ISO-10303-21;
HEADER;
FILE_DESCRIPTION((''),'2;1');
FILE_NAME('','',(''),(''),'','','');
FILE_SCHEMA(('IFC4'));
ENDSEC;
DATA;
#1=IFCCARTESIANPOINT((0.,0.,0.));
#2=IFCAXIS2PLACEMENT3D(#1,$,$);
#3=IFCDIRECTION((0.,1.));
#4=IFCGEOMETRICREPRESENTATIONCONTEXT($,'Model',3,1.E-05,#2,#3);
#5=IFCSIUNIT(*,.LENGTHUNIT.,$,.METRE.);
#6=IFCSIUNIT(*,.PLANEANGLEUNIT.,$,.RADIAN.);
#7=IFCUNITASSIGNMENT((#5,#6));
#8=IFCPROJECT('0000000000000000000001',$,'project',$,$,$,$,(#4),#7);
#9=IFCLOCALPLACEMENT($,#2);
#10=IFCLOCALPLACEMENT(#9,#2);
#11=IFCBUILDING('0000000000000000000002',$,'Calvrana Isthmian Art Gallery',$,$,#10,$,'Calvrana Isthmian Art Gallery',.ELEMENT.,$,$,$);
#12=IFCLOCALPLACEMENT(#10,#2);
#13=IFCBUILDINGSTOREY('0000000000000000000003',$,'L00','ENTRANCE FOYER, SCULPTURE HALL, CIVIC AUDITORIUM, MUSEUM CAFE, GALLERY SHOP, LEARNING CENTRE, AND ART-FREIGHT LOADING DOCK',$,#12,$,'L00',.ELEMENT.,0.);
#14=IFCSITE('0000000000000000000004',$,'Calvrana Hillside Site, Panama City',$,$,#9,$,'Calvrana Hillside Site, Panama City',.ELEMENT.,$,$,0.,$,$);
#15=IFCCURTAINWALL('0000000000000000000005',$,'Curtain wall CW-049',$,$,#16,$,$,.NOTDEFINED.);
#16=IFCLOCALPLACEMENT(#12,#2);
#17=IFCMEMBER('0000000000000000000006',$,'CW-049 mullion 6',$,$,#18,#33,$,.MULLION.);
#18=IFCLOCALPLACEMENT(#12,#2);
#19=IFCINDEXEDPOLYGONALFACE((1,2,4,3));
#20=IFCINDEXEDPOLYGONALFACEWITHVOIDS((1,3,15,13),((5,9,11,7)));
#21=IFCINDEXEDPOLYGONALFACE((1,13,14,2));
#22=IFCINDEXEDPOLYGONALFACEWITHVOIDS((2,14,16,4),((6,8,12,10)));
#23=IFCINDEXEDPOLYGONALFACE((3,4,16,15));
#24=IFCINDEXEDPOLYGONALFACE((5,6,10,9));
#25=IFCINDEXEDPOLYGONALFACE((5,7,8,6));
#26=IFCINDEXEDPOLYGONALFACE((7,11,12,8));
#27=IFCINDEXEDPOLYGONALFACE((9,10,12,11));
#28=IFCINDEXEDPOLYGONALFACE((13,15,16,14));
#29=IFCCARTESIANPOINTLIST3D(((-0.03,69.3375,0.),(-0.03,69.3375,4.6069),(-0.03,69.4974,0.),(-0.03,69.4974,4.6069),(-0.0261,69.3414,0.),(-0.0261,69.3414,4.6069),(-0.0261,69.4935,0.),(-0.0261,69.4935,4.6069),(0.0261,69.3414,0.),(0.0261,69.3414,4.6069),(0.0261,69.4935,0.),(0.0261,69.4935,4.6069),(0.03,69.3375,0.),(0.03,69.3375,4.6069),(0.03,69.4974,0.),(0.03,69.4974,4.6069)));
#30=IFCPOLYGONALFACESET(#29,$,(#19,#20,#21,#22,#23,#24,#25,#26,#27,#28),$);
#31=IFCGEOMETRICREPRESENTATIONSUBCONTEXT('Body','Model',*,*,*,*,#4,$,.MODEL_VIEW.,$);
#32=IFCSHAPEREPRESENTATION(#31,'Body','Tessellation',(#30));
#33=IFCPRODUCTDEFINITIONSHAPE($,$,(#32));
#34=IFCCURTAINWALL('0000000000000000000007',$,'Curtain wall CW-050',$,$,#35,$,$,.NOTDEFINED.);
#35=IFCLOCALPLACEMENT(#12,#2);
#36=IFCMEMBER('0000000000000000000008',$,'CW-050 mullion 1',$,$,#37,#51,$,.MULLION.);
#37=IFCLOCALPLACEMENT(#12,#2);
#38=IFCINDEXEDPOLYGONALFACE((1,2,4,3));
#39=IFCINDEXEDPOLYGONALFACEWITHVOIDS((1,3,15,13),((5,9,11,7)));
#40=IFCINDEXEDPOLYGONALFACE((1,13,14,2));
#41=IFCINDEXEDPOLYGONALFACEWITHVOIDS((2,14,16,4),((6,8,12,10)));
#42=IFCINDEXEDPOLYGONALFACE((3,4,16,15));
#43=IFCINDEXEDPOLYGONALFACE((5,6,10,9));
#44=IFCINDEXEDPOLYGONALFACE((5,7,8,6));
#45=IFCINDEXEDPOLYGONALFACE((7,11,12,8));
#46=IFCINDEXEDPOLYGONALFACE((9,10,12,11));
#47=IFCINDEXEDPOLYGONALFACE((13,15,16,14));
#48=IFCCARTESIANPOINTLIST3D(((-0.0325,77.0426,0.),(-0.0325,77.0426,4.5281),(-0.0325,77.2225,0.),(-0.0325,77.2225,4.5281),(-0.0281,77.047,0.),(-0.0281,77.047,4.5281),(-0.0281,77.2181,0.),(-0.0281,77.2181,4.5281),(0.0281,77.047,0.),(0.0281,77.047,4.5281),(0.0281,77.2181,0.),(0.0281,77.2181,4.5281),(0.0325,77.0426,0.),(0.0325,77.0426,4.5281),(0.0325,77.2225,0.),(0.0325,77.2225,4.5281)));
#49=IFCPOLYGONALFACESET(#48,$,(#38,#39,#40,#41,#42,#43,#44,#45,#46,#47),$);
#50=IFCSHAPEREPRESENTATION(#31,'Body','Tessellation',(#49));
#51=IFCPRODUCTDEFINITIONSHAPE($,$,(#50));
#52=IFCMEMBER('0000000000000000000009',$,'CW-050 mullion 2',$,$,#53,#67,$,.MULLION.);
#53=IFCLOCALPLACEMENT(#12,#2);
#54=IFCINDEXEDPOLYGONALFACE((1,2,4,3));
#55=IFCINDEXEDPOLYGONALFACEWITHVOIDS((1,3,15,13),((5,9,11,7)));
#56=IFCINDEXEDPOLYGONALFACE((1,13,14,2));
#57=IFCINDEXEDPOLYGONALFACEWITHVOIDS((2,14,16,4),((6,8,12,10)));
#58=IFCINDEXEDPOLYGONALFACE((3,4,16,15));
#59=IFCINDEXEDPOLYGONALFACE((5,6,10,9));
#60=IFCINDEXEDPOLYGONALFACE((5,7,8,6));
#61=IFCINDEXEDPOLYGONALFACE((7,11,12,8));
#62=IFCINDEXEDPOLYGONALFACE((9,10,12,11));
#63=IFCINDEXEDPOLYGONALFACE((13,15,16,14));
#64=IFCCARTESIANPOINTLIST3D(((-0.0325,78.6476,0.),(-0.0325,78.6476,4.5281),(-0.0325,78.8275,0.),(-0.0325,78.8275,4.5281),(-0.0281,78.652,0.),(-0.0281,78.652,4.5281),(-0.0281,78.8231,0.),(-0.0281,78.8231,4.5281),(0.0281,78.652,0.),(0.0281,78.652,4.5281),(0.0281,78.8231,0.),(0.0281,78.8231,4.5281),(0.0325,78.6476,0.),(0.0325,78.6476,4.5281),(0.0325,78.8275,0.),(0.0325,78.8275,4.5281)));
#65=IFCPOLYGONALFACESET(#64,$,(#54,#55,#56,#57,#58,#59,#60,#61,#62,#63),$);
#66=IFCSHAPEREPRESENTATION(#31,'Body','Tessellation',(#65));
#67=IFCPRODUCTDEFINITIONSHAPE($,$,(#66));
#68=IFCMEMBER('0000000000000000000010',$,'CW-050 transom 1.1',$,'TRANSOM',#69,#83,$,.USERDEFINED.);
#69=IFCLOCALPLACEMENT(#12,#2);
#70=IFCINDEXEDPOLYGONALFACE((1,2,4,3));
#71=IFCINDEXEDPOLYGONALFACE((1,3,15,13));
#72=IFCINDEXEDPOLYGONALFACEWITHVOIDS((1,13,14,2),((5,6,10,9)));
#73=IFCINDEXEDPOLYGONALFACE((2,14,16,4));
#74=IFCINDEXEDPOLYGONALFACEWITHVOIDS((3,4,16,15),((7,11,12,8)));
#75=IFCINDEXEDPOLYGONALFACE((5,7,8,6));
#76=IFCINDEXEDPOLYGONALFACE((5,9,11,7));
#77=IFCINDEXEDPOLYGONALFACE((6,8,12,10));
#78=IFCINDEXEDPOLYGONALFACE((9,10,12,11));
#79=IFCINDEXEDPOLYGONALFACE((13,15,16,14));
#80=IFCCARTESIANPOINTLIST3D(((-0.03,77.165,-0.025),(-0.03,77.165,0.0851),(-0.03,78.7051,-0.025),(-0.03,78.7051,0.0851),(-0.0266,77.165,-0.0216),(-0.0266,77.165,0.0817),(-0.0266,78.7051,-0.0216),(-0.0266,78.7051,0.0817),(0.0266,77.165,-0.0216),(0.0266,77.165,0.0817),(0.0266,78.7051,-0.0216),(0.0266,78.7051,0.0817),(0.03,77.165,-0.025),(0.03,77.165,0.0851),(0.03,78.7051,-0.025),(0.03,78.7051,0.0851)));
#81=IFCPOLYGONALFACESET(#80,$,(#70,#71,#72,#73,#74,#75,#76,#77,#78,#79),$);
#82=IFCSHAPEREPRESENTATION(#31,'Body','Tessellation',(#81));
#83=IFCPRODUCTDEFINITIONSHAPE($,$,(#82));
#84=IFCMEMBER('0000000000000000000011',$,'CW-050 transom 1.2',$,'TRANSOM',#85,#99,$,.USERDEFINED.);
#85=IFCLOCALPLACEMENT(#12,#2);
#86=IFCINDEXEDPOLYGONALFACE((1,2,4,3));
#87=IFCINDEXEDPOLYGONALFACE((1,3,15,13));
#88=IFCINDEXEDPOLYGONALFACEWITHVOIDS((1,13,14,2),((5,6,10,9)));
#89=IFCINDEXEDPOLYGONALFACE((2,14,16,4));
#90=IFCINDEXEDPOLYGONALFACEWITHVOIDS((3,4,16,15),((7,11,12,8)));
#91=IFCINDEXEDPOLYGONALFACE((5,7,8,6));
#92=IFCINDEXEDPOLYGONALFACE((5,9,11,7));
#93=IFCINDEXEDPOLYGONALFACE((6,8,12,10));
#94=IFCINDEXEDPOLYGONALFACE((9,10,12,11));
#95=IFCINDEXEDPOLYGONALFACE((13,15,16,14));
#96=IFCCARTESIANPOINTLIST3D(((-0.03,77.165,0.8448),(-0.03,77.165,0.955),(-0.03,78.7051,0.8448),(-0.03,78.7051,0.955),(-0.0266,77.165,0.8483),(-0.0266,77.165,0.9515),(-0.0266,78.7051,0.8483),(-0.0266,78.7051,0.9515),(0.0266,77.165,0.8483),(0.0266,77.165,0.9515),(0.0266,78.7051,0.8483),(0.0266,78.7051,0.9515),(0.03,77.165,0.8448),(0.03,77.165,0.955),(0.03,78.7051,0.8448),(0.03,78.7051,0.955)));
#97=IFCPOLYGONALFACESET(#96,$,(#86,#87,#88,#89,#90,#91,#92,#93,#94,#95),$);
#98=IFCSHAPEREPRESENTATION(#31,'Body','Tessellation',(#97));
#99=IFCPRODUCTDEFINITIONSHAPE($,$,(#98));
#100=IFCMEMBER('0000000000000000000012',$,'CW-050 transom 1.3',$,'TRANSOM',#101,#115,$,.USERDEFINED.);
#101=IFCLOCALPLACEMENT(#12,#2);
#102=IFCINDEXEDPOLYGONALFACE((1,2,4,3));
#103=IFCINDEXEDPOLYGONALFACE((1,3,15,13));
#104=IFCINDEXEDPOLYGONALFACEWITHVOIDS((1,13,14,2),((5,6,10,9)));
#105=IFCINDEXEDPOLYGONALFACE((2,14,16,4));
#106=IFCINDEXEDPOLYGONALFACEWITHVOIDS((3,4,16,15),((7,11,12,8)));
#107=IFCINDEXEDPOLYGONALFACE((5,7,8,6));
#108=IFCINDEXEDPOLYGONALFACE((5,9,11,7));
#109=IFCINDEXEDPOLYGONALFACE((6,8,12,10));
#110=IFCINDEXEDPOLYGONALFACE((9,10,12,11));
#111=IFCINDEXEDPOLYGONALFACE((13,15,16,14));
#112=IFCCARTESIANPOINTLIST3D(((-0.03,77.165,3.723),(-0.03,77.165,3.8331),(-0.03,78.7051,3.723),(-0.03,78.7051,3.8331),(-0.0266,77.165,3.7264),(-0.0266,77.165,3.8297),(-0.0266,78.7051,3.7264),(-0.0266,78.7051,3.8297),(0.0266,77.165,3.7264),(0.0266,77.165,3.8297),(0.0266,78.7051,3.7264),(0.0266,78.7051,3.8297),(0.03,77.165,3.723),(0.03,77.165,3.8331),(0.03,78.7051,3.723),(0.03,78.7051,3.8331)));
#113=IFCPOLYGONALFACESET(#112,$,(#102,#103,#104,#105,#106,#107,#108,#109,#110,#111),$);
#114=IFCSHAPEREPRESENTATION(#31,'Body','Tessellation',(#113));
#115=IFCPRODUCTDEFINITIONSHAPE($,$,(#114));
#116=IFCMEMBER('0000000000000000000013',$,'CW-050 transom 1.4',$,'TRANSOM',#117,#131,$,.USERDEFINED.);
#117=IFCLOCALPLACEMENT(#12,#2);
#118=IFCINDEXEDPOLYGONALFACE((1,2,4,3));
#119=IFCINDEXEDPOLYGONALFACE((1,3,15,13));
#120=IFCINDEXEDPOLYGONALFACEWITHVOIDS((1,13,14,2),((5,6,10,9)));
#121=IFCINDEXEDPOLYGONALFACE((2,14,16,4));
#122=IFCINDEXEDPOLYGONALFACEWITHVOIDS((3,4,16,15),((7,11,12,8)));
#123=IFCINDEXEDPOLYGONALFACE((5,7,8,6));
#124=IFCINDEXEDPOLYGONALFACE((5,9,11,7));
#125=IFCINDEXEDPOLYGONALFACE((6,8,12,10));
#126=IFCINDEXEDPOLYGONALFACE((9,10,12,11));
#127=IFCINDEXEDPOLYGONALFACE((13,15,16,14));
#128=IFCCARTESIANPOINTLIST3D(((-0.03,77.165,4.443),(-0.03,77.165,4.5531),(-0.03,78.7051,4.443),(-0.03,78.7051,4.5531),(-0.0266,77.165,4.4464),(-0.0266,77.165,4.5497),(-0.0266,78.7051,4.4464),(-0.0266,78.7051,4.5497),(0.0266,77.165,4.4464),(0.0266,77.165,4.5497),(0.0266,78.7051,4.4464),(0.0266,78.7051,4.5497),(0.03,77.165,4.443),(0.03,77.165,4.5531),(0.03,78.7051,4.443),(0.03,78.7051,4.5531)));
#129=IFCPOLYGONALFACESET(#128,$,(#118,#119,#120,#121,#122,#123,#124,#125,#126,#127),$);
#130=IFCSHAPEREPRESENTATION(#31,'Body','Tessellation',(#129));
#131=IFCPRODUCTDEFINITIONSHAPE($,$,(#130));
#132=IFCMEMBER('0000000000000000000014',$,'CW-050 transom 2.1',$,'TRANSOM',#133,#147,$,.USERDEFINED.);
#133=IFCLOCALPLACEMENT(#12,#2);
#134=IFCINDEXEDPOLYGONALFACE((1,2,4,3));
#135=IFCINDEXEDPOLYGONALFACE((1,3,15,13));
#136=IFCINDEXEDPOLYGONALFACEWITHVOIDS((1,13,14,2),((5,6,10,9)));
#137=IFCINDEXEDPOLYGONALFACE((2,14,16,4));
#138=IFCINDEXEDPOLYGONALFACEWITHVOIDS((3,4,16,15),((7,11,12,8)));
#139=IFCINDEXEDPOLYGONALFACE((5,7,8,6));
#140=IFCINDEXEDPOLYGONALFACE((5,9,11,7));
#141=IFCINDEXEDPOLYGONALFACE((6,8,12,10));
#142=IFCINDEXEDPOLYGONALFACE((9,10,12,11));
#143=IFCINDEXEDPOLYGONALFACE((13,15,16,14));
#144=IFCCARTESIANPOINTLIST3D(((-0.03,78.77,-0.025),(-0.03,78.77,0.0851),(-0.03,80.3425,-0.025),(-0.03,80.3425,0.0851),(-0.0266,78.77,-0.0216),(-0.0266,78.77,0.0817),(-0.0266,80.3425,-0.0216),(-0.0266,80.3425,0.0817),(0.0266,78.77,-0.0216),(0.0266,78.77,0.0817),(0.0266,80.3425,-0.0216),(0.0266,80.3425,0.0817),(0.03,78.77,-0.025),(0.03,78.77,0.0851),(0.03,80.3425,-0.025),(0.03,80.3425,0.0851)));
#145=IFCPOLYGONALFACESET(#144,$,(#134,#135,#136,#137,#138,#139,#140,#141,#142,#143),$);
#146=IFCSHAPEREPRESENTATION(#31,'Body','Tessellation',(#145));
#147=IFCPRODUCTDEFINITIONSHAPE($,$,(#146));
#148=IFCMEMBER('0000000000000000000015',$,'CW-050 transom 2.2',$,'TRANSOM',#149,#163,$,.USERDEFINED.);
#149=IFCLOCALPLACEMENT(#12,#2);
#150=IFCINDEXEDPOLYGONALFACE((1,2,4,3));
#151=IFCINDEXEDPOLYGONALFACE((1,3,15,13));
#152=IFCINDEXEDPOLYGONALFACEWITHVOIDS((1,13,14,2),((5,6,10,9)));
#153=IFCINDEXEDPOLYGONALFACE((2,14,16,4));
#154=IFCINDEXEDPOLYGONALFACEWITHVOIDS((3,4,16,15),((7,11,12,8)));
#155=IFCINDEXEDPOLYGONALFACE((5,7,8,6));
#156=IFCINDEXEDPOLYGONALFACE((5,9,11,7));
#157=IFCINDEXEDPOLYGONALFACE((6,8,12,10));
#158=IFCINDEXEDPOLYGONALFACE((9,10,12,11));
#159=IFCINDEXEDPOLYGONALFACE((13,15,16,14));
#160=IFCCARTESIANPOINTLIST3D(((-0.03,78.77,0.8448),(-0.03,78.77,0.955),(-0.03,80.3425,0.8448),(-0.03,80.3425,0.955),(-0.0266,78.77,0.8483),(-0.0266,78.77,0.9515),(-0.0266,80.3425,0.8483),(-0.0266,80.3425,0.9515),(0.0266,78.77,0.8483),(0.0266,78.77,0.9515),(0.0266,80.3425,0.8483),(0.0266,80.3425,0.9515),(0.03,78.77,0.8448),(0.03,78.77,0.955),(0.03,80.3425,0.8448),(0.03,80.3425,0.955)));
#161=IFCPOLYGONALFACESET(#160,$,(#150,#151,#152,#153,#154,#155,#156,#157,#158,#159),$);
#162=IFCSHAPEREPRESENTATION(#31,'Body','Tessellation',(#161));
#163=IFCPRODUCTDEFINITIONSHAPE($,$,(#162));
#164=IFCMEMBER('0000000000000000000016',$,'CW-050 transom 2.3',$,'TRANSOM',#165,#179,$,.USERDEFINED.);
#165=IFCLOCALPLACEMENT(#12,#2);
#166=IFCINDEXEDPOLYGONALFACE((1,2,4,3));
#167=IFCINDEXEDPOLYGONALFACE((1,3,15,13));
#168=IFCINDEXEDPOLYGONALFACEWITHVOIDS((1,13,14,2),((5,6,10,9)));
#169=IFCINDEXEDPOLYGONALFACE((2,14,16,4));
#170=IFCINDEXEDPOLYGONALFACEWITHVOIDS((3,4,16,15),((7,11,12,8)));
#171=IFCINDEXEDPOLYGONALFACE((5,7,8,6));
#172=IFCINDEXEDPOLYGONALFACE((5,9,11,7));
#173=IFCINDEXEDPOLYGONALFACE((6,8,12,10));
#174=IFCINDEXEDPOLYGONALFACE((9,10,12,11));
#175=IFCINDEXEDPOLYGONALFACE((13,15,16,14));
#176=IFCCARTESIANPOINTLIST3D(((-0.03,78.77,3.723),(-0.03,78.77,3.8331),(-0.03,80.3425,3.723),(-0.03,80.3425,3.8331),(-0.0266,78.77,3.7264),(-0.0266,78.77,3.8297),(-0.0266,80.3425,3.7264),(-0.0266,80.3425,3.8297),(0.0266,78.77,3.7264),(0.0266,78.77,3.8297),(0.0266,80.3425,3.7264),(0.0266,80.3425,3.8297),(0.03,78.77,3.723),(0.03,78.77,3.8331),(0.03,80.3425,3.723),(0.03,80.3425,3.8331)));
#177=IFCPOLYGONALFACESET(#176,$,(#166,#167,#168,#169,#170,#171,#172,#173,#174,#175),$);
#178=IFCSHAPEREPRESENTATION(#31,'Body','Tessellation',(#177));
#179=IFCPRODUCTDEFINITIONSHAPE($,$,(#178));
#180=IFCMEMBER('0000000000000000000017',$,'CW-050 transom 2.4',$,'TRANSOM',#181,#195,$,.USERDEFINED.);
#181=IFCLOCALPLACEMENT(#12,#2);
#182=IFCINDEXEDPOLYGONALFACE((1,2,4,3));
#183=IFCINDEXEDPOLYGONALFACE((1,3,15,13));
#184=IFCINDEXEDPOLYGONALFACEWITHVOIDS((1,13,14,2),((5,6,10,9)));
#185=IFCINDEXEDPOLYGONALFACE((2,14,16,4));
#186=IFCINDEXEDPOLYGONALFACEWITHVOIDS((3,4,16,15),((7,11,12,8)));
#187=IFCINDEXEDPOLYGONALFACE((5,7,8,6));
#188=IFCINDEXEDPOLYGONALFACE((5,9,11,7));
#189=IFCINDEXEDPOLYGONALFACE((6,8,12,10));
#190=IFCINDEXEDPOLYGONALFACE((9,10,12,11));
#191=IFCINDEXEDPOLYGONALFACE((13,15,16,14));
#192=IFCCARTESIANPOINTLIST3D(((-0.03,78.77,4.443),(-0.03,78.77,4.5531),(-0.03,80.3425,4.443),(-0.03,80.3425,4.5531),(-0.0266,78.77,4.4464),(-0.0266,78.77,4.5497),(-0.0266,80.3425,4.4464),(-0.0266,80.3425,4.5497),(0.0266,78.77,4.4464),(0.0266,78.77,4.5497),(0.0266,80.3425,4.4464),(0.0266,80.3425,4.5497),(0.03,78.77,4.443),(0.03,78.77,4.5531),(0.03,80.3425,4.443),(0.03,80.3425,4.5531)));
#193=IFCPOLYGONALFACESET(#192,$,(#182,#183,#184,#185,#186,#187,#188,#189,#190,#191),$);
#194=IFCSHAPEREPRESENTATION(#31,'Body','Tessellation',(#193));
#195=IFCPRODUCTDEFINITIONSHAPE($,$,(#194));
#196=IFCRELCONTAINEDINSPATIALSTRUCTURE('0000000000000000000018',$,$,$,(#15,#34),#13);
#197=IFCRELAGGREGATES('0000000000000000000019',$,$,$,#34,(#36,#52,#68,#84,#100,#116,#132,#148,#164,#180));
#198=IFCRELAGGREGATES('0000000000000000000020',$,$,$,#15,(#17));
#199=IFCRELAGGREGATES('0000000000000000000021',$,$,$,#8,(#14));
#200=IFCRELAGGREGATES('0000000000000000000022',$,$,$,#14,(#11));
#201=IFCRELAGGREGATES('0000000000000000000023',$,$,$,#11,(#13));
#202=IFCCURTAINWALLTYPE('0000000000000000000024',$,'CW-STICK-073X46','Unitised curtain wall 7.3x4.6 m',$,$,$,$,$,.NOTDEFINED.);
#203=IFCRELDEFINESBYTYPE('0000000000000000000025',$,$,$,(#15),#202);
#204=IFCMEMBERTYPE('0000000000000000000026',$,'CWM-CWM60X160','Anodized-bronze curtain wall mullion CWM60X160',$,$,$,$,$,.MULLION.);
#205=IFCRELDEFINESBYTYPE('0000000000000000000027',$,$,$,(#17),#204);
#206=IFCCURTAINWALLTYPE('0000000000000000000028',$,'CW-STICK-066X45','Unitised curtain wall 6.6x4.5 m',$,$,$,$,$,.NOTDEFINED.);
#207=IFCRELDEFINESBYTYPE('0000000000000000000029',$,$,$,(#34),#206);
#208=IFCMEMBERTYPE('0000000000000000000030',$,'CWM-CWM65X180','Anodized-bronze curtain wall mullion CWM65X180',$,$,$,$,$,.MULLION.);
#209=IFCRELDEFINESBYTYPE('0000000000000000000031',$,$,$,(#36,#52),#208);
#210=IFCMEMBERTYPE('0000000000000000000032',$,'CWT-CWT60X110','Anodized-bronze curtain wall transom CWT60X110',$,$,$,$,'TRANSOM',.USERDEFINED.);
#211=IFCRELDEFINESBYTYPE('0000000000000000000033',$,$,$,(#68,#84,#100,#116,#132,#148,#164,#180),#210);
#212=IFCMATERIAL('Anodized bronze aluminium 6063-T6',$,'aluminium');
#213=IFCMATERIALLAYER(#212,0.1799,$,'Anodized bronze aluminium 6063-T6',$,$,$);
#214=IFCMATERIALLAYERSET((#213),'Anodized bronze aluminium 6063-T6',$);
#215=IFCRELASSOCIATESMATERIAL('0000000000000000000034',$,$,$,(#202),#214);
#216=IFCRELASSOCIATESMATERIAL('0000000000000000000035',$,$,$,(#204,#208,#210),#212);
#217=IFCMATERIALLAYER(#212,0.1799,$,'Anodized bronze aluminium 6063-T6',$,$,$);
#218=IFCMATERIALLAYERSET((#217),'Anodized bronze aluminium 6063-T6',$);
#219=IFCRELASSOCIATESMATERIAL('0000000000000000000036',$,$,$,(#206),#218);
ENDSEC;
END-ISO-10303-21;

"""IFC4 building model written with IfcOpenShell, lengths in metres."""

from ifc_helpers import new_model, si_unit, direction, frame, origin, origin_2d, place, context, subcontext, project, spatial, hollow_rectangle, extrude, material, layer, layer_set, material_profile, profile_set, type_object, element, aggregate, save


model = new_model("IFC4")

# Units and contexts
model_context = context("Model", 3, precision=1e-05, world=origin(), true_north=direction((0.0, 1.0)))
body_context = subcontext(model_context, "Body", "Model", "MODEL_VIEW")
ifc_project = project(units=[si_unit("LENGTHUNIT", "METRE"), si_unit("PLANEANGLEUNIT", "RADIAN")], contexts=[model_context])

# Site, building, storey
site_placement = place(None, origin())
site = spatial("IfcSite", under=ifc_project, at=site_placement, Name="Calvrana Hillside Site, Panama City", LongName="Calvrana Hillside Site, Panama City", CompositionType="ELEMENT", RefElevation=0.0)
building_placement = place(site_placement, origin())
building = spatial("IfcBuilding", under=site, at=building_placement, Name="Calvrana Isthmian Art Gallery", LongName="Calvrana Isthmian Art Gallery", CompositionType="ELEMENT")
storey_placement = place(building_placement, origin())
storey = spatial("IfcBuildingStorey", under=building, at=storey_placement, Name="L00", Description="ENTRANCE FOYER, SCULPTURE HALL, CIVIC AUDITORIUM, MUSEUM CAFE, GALLERY SHOP, LEARNING CENTRE, AND ART-FREIGHT LOADING DOCK", LongName="L00", CompositionType="ELEMENT", Elevation=0.0)

# Curtain walls, members
ifc_material_1 = material(Name="Anodized bronze aluminium 6063-T6", Category="aluminium")
ifc_layer_1 = layer(ifc_material_1, 0.1799, Name="Anodized bronze aluminium 6063-T6")
ifc_layer_set_1 = layer_set([ifc_layer_1], Name="Anodized bronze aluminium 6063-T6")
curtain_wall_type_1 = type_object("IfcCurtainWallType", Name="CW-STICK-073X46", Description="Unitised curtain wall 7.3x4.6 m", PredefinedType="NOTDEFINED", material=ifc_layer_set_1)
curtain_wall_1_placement = place(storey_placement, origin())
curtain_wall_1 = element("IfcCurtainWall", 1, at=curtain_wall_1_placement, inside=storey, type_object=curtain_wall_type_1, Name="Curtain wall CW-049", PredefinedType="NOTDEFINED")
ifc_material_profile_1 = material_profile(ifc_material_1, hollow_rectangle(XDim=0.0601, YDim=0.1599, WallThickness=0.0039, at=origin_2d()), Name="CWM60X160")
ifc_profile_set_1 = profile_set([ifc_material_profile_1], Name="Anodized bronze aluminium 6063-T6")
member_type_1 = type_object("IfcMemberType", Name="CWM-CWM60X160", Description="Anodized-bronze curtain wall mullion CWM60X160", PredefinedType="MULLION", material=ifc_profile_set_1)
member_1_placement = place(storey_placement, frame((0.0, 69.4175, 0.0), z_axis=(0.0, 0.0, 1.0), x_axis=(-1.0, 0.0, 0.0)))
member_1 = element("IfcMember", 2, at=member_1_placement, type_object=member_type_1, Name="CW-049 mullion 6", PredefinedType="MULLION", context=body_context, shape_type="SweptSolid", body=[
    extrude(hollow_rectangle(XDim=0.0601, YDim=0.1599, WallThickness=0.0039, at=origin_2d()), origin(), (0.0, 0.0, 1.0), 4.6069),
])
ifc_layer_2 = layer(ifc_material_1, 0.1799, Name="Anodized bronze aluminium 6063-T6")
ifc_layer_set_2 = layer_set([ifc_layer_2], Name="Anodized bronze aluminium 6063-T6")
curtain_wall_type_2 = type_object("IfcCurtainWallType", Name="CW-STICK-066X45", Description="Unitised curtain wall 6.6x4.5 m", PredefinedType="NOTDEFINED", material=ifc_layer_set_2)
curtain_wall_2_placement = place(storey_placement, origin())
curtain_wall_2 = element("IfcCurtainWall", 3, at=curtain_wall_2_placement, inside=storey, type_object=curtain_wall_type_2, Name="Curtain wall CW-050", PredefinedType="NOTDEFINED")
ifc_material_profile_2 = material_profile(ifc_material_1, hollow_rectangle(XDim=0.0649, YDim=0.1799, WallThickness=0.0044, at=origin_2d()), Name="CWM65X180")
ifc_profile_set_2 = profile_set([ifc_material_profile_2], Name="Anodized bronze aluminium 6063-T6")
member_type_2 = type_object("IfcMemberType", Name="CWM-CWM65X180", Description="Anodized-bronze curtain wall mullion CWM65X180", PredefinedType="MULLION", material=ifc_profile_set_2)
member_2_placement = place(storey_placement, frame((0.0, 77.1326, 0.0), z_axis=(0.0, 0.0, 1.0), x_axis=(-1.0, 0.0, 0.0)))
member_2 = element("IfcMember", 4, at=member_2_placement, type_object=member_type_2, Name="CW-050 mullion 1", PredefinedType="MULLION", context=body_context, shape_type="SweptSolid", body=[
    extrude(hollow_rectangle(XDim=0.0649, YDim=0.1799, WallThickness=0.0044, at=origin_2d()), origin(), (0.0, 0.0, 1.0), 4.5281),
])
member_3_placement = place(storey_placement, frame((0.0, 78.7375, 0.0), z_axis=(0.0, 0.0, 1.0), x_axis=(-1.0, 0.0, 0.0)))
member_3 = element("IfcMember", 5, at=member_3_placement, type_object=member_type_2, Name="CW-050 mullion 2", PredefinedType="MULLION", context=body_context, shape_type="SweptSolid", body=[
    extrude(hollow_rectangle(XDim=0.0649, YDim=0.1799, WallThickness=0.0044, at=origin_2d()), origin(), (0.0, 0.0, 1.0), 4.5281),
])
ifc_material_profile_3 = material_profile(ifc_material_1, hollow_rectangle(XDim=0.0601, YDim=0.1101, WallThickness=0.0034, at=origin_2d()), Name="CWT60X110")
ifc_profile_set_3 = profile_set([ifc_material_profile_3], Name="Anodized bronze aluminium 6063-T6")
member_type_3 = type_object("IfcMemberType", Name="CWT-CWT60X110", Description="Anodized-bronze curtain wall transom CWT60X110", ElementType="TRANSOM", PredefinedType="USERDEFINED", material=ifc_profile_set_3)
member_4_placement = place(storey_placement, frame((0.0, 77.165, 0.03), z_axis=(0.0, 1.0, 0.0), x_axis=(-1.0, 0.0, 0.0)))
member_4 = element("IfcMember", 6, at=member_4_placement, type_object=member_type_3, Name="CW-050 transom 1.1", ObjectType="TRANSOM", PredefinedType="USERDEFINED", context=body_context, shape_type="SweptSolid", body=[
    extrude(hollow_rectangle(XDim=0.0601, YDim=0.1101, WallThickness=0.0034, at=origin_2d()), origin(), (0.0, 0.0, 1.0), 1.54),
])
member_5_placement = place(storey_placement, frame((0.0, 77.165, 0.8999), z_axis=(0.0, 1.0, 0.0), x_axis=(-1.0, 0.0, 0.0)))
member_5 = element("IfcMember", 7, at=member_5_placement, type_object=member_type_3, Name="CW-050 transom 1.2", ObjectType="TRANSOM", PredefinedType="USERDEFINED", context=body_context, shape_type="SweptSolid", body=[
    extrude(hollow_rectangle(XDim=0.0601, YDim=0.1101, WallThickness=0.0034, at=origin_2d()), origin(), (0.0, 0.0, 1.0), 1.54),
])
member_6_placement = place(storey_placement, frame((0.0, 77.165, 3.7781), z_axis=(0.0, 1.0, 0.0), x_axis=(-1.0, 0.0, 0.0)))
member_6 = element("IfcMember", 8, at=member_6_placement, type_object=member_type_3, Name="CW-050 transom 1.3", ObjectType="TRANSOM", PredefinedType="USERDEFINED", context=body_context, shape_type="SweptSolid", body=[
    extrude(hollow_rectangle(XDim=0.0601, YDim=0.1101, WallThickness=0.0034, at=origin_2d()), origin(), (0.0, 0.0, 1.0), 1.54),
])
member_7_placement = place(storey_placement, frame((0.0, 77.165, 4.498), z_axis=(0.0, 1.0, 0.0), x_axis=(-1.0, 0.0, 0.0)))
member_7 = element("IfcMember", 9, at=member_7_placement, type_object=member_type_3, Name="CW-050 transom 1.4", ObjectType="TRANSOM", PredefinedType="USERDEFINED", context=body_context, shape_type="SweptSolid", body=[
    extrude(hollow_rectangle(XDim=0.0601, YDim=0.1101, WallThickness=0.0034, at=origin_2d()), origin(), (0.0, 0.0, 1.0), 1.54),
])
member_8_placement = place(storey_placement, frame((0.0, 78.77, 0.03), z_axis=(0.0, 1.0, 0.0), x_axis=(-1.0, 0.0, 0.0)))
member_8 = element("IfcMember", 10, at=member_8_placement, type_object=member_type_3, Name="CW-050 transom 2.1", ObjectType="TRANSOM", PredefinedType="USERDEFINED", context=body_context, shape_type="SweptSolid", body=[
    extrude(hollow_rectangle(XDim=0.0601, YDim=0.1101, WallThickness=0.0034, at=origin_2d()), origin(), (0.0, 0.0, 1.0), 1.5725),
])
member_9_placement = place(storey_placement, frame((0.0, 78.77, 0.8999), z_axis=(0.0, 1.0, 0.0), x_axis=(-1.0, 0.0, 0.0)))
member_9 = element("IfcMember", 11, at=member_9_placement, type_object=member_type_3, Name="CW-050 transom 2.2", ObjectType="TRANSOM", PredefinedType="USERDEFINED", context=body_context, shape_type="SweptSolid", body=[
    extrude(hollow_rectangle(XDim=0.0601, YDim=0.1101, WallThickness=0.0034, at=origin_2d()), origin(), (0.0, 0.0, 1.0), 1.5725),
])
member_10_placement = place(storey_placement, frame((0.0, 78.77, 3.7781), z_axis=(0.0, 1.0, 0.0), x_axis=(-1.0, 0.0, 0.0)))
member_10 = element("IfcMember", 12, at=member_10_placement, type_object=member_type_3, Name="CW-050 transom 2.3", ObjectType="TRANSOM", PredefinedType="USERDEFINED", context=body_context, shape_type="SweptSolid", body=[
    extrude(hollow_rectangle(XDim=0.0601, YDim=0.1101, WallThickness=0.0034, at=origin_2d()), origin(), (0.0, 0.0, 1.0), 1.5725),
])
member_11_placement = place(storey_placement, frame((0.0, 78.77, 4.498), z_axis=(0.0, 1.0, 0.0), x_axis=(-1.0, 0.0, 0.0)))
member_11 = element("IfcMember", 13, at=member_11_placement, type_object=member_type_3, Name="CW-050 transom 2.4", ObjectType="TRANSOM", PredefinedType="USERDEFINED", context=body_context, shape_type="SweptSolid", body=[
    extrude(hollow_rectangle(XDim=0.0601, YDim=0.1101, WallThickness=0.0034, at=origin_2d()), origin(), (0.0, 0.0, 1.0), 1.5725),
])

aggregate(curtain_wall_2, [member_2, member_3, member_4, member_5, member_6, member_7, member_8, member_9, member_10, member_11])
aggregate(curtain_wall_1, [member_1])

save(model, "model.ifc")
